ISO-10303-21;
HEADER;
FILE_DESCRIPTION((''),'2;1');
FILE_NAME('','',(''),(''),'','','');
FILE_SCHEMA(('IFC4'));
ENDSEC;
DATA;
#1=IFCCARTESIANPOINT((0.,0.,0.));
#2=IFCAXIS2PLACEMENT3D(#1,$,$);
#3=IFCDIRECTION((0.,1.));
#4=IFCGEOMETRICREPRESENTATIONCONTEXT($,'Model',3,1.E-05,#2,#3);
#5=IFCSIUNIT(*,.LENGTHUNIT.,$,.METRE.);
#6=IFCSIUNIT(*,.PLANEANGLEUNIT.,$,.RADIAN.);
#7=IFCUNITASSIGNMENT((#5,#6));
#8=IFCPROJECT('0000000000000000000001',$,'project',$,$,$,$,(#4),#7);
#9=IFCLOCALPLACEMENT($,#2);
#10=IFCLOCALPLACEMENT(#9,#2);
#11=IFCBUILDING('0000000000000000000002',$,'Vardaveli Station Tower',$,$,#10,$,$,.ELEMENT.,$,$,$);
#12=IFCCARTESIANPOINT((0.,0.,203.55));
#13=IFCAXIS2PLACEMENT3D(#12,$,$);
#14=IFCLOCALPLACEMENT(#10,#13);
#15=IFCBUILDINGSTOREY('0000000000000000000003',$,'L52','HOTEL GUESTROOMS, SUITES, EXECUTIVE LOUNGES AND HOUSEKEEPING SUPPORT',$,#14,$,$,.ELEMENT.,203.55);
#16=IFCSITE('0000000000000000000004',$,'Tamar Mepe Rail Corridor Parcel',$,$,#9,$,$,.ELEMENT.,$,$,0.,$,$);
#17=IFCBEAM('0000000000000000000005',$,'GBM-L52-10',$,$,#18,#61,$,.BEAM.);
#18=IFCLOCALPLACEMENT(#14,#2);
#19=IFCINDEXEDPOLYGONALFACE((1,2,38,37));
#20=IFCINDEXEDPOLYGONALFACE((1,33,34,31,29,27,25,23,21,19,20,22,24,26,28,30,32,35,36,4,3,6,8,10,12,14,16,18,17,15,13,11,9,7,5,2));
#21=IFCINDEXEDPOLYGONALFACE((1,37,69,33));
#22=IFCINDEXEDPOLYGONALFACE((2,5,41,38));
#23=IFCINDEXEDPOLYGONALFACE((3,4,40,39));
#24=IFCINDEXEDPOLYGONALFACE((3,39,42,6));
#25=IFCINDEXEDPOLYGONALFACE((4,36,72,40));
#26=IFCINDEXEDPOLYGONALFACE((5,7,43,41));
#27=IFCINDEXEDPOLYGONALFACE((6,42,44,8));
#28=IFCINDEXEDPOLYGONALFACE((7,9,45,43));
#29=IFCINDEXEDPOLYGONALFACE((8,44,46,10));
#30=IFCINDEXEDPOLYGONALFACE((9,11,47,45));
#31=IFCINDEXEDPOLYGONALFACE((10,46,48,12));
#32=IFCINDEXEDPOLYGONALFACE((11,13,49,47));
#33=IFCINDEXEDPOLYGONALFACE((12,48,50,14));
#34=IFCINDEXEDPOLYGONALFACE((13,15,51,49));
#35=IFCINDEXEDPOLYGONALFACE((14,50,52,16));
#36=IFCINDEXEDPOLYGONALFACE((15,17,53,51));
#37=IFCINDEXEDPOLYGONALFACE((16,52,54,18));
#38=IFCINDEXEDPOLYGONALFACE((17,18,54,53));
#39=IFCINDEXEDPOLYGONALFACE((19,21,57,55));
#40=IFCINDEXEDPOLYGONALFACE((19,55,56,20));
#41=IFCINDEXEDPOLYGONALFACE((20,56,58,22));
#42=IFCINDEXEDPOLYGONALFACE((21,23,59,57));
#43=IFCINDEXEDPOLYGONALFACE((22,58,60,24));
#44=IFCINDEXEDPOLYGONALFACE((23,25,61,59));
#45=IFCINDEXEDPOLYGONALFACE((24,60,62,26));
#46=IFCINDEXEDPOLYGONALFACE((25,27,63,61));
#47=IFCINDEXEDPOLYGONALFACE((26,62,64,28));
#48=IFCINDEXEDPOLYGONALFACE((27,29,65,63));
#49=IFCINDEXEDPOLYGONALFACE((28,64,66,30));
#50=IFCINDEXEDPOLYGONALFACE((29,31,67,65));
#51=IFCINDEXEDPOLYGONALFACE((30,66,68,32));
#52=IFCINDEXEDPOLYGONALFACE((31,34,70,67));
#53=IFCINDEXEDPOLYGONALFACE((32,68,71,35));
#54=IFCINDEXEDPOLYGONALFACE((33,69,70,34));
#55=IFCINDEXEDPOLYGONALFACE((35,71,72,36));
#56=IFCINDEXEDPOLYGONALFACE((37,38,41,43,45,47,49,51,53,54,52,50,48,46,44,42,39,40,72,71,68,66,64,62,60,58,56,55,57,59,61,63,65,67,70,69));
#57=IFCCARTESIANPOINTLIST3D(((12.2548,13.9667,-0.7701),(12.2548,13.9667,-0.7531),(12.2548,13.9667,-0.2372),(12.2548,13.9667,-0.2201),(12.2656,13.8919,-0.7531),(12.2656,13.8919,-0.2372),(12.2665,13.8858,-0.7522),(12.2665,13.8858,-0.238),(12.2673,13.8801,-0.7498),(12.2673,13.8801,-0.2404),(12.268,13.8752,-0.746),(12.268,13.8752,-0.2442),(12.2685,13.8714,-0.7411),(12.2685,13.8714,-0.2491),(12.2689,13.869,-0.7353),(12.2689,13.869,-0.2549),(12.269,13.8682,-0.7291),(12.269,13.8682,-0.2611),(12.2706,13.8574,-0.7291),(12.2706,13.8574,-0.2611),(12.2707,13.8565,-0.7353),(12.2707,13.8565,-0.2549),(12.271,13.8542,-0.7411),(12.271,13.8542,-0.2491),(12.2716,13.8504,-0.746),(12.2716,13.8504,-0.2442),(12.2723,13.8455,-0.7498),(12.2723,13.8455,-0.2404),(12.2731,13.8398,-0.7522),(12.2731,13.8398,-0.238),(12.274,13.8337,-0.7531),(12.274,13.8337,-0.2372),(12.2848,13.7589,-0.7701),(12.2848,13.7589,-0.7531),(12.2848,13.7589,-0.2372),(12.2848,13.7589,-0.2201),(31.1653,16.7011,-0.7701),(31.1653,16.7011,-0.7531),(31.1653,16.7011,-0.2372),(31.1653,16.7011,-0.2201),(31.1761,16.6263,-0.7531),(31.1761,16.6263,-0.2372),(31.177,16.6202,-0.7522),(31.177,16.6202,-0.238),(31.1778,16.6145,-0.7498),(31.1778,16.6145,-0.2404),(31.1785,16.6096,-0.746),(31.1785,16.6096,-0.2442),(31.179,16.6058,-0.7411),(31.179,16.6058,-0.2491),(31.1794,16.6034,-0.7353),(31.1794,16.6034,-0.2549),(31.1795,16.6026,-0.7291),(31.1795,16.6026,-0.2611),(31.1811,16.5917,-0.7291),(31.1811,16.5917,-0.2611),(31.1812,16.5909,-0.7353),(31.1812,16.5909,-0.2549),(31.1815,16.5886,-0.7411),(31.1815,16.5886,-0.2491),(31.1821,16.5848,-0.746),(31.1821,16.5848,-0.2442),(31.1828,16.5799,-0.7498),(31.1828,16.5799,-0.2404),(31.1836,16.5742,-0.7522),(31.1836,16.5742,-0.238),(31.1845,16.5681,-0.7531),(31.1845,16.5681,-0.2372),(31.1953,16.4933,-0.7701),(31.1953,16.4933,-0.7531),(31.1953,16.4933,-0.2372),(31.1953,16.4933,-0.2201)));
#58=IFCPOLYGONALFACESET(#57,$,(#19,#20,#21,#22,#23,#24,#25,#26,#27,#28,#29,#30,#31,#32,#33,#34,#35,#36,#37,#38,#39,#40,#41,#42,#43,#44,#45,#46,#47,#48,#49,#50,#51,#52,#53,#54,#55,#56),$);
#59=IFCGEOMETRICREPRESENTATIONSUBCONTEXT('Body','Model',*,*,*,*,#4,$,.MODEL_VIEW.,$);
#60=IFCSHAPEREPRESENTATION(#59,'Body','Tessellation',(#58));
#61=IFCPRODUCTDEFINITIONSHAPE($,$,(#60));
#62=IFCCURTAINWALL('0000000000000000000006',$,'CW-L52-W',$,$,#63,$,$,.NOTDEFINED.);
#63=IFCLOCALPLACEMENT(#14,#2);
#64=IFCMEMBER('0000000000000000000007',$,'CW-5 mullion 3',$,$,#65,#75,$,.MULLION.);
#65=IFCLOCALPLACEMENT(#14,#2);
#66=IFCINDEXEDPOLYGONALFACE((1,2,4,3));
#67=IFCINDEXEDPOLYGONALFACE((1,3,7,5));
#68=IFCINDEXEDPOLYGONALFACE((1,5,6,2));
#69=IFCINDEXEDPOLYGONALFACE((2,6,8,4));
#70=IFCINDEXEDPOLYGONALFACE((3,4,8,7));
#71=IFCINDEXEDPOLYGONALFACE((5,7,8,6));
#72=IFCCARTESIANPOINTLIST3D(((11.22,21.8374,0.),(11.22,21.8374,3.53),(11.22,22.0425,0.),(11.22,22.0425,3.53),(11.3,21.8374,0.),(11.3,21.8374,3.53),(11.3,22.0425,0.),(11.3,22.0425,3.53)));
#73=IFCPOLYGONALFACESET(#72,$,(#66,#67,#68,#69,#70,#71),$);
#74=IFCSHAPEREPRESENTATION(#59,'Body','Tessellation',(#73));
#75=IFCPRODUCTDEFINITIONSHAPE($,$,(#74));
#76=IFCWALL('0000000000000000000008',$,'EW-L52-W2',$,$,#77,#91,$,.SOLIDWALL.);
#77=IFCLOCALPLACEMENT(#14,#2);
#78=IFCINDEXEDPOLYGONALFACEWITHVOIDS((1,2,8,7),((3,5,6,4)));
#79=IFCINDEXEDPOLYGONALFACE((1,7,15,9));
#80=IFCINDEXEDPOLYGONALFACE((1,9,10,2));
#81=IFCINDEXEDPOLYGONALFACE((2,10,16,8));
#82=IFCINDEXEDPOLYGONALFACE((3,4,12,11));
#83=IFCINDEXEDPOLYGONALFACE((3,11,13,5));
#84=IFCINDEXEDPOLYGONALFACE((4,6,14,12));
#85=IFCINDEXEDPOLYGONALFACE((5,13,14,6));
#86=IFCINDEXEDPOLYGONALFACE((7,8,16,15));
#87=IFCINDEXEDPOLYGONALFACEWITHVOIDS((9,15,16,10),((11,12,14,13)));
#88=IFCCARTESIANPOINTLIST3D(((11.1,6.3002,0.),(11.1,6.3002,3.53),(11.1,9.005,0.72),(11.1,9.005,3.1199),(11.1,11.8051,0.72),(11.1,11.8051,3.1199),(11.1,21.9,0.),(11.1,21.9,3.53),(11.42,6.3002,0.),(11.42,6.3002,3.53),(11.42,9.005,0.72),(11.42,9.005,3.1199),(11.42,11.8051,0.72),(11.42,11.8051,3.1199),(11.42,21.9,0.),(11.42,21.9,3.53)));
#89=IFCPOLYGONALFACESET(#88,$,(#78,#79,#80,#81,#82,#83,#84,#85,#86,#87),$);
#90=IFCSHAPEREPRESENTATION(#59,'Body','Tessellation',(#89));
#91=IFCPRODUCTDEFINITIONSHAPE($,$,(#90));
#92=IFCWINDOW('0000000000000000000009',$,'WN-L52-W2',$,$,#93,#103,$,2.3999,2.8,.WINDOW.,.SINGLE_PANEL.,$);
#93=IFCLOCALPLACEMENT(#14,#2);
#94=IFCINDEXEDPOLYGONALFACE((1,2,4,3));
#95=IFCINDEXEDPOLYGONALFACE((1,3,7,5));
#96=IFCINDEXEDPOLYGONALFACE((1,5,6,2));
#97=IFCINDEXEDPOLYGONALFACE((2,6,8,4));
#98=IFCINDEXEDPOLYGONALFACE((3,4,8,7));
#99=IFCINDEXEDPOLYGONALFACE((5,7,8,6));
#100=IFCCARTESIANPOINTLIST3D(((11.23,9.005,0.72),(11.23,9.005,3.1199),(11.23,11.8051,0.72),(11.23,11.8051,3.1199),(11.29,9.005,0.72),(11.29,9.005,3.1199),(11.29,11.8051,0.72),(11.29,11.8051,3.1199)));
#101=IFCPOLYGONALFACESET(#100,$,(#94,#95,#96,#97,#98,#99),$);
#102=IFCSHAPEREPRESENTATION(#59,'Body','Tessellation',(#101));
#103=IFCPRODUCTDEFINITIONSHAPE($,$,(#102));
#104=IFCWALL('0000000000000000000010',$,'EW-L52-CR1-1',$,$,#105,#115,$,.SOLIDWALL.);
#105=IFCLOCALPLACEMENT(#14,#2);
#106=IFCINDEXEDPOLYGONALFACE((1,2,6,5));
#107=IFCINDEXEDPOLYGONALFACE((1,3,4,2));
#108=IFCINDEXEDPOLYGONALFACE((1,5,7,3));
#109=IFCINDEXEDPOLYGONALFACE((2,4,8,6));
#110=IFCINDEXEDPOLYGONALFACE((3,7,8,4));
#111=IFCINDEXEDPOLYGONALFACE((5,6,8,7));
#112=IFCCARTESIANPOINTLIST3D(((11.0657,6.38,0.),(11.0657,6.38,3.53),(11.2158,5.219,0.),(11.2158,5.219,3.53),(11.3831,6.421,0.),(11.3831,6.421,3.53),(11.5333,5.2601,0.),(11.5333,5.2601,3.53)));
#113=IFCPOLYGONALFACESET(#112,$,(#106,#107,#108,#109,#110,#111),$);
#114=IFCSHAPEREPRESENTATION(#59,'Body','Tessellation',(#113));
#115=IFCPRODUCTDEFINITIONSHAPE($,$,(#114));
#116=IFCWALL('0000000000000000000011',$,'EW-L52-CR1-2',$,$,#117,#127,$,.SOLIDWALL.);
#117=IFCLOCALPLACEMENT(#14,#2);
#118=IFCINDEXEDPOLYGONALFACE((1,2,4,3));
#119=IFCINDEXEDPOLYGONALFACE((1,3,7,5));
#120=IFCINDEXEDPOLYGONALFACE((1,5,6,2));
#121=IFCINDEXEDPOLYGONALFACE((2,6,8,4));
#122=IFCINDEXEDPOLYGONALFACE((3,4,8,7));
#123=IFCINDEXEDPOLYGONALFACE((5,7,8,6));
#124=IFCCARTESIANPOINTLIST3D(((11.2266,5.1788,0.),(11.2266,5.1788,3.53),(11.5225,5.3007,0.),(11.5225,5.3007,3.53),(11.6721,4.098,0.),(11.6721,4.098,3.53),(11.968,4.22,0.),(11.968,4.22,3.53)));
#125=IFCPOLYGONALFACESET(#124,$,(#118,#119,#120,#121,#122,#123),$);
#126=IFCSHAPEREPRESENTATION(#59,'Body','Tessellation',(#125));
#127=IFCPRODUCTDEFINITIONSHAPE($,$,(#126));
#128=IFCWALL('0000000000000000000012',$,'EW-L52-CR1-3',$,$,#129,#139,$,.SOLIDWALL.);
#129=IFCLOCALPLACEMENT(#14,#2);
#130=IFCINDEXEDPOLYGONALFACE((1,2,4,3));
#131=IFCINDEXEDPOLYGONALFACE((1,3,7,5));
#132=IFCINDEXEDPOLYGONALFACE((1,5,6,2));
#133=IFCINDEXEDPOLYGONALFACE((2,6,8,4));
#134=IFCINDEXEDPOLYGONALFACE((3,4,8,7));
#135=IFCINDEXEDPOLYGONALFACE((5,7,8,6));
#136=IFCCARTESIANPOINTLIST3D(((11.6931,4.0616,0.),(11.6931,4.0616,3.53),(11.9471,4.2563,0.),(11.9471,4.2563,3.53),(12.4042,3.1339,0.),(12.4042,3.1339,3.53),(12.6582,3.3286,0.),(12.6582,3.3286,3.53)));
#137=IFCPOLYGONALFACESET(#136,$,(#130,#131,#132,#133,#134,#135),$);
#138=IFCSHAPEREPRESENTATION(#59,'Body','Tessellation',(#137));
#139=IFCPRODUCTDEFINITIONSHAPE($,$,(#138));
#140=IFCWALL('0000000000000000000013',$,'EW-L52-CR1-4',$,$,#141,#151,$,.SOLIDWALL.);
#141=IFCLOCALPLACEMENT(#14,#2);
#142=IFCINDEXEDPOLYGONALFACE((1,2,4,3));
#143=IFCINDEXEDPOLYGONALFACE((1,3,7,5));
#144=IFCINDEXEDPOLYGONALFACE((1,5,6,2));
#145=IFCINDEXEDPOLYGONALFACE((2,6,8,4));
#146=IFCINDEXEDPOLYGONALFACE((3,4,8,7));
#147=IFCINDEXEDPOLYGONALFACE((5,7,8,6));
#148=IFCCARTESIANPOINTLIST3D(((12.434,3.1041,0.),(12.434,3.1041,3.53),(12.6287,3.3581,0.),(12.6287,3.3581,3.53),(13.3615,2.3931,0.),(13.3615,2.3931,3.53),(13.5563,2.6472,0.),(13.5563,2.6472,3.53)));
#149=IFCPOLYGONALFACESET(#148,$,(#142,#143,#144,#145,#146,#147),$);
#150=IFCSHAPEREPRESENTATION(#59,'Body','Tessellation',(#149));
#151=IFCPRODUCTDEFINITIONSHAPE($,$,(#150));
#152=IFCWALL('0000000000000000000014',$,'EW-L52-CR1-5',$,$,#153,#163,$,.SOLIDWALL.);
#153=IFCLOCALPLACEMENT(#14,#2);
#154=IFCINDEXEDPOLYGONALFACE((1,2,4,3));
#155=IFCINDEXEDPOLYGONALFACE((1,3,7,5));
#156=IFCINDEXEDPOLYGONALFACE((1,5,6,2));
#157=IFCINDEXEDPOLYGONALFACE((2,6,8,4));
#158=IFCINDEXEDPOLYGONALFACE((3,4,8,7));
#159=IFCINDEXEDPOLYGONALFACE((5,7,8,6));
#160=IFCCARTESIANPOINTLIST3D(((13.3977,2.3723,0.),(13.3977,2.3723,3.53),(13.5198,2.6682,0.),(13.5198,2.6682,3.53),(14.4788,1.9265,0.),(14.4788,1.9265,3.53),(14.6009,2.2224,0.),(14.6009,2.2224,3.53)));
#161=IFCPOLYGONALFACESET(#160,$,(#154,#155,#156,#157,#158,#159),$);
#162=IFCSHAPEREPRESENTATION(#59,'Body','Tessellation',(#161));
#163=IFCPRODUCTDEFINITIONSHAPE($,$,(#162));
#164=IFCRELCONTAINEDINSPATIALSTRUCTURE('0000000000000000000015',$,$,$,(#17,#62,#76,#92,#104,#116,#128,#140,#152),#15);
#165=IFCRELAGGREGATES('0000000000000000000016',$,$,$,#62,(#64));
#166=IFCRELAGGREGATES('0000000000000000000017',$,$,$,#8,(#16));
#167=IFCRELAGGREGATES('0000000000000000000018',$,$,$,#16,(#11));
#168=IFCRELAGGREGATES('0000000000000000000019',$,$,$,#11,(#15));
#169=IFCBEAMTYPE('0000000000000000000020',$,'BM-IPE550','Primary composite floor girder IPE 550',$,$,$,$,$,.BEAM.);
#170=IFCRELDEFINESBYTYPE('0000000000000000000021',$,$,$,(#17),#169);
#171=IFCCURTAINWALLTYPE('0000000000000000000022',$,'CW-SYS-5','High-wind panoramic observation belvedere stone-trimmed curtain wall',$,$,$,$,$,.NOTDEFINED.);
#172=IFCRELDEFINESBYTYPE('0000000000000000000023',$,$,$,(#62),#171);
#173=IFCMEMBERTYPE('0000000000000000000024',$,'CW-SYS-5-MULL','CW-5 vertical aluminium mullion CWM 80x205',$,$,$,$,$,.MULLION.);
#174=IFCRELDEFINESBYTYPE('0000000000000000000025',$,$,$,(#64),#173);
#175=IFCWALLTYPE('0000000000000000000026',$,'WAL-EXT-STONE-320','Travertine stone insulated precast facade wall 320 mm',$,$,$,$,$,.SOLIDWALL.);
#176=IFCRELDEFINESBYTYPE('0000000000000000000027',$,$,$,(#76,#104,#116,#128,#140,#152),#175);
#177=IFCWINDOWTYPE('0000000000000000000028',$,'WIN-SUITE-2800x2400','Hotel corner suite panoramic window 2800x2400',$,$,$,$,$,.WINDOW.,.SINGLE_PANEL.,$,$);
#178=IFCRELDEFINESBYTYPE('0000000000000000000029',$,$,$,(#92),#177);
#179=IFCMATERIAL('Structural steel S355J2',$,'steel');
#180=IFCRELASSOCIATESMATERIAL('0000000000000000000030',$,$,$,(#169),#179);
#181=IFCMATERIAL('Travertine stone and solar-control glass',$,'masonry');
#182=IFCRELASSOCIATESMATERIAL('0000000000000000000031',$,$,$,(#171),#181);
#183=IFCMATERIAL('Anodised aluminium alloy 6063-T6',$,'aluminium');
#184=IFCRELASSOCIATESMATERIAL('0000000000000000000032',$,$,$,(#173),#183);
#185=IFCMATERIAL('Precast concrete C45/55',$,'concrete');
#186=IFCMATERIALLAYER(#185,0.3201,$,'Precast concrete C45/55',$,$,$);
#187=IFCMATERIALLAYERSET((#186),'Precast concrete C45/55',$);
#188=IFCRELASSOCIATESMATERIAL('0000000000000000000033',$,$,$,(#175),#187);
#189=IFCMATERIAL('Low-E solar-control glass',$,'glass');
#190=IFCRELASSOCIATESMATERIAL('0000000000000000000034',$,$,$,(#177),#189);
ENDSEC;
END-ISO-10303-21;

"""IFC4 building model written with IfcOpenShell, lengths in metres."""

from ifc_helpers import new_model, si_unit, direction, frame, frame_2d, origin, origin_2d, place, context, subcontext, project, spatial, rectangle, i_section, extrude, source, transform, mapped, material, layer, layer_set, material_profile, profile_set, type_object, element, fill, aggregate, save


model = new_model("IFC4")

# Units and contexts
model_context = context("Model", 3, precision=1e-05, world=origin(), true_north=direction((0.0, 1.0)))
body_context = subcontext(model_context, "Body", "Model", "MODEL_VIEW")
ifc_project = project(units=[si_unit("LENGTHUNIT", "METRE"), si_unit("PLANEANGLEUNIT", "RADIAN")], contexts=[model_context])

# Site, building, storey
site_placement = place(None, origin())
site = spatial("IfcSite", under=ifc_project, at=site_placement, Name="Tamar Mepe Rail Corridor Parcel", CompositionType="ELEMENT", RefElevation=0.0)
building_placement = place(site_placement, origin())
building = spatial("IfcBuilding", under=site, at=building_placement, Name="Vardaveli Station Tower", CompositionType="ELEMENT")
storey_placement = place(building_placement, frame((0.0, 0.0, 203.55)))
storey = spatial("IfcBuildingStorey", under=building, at=storey_placement, Name="L52", Description="HOTEL GUESTROOMS, SUITES, EXECUTIVE LOUNGES AND HOUSEKEEPING SUPPORT", CompositionType="ELEMENT", Elevation=203.55)

# Beam
ifc_material_1 = material(Name="Precast concrete C45/55", Category="concrete")
ifc_material_2 = material(Name="Structural steel S355J2", Category="steel")
ifc_material_profile_1 = material_profile(ifc_material_2, i_section(OverallWidth=0.21, OverallDepth=0.55, WebThickness=0.011, FlangeThickness=0.0171, FilletRadius=0.0239, at=origin_2d()), Name="IPE 550")
ifc_profile_set_1 = profile_set([ifc_material_profile_1], Name="Structural steel S355J2")
beam_type_1 = type_object("IfcBeamType", Name="BM-IPE550", Description="Primary composite floor girder IPE 550", PredefinedType="BEAM", material=ifc_profile_set_1)
shared_shape_1 = source(origin(), body_context, "Body", "SweptSolid", [
    extrude(i_section(OverallWidth=0.21, OverallDepth=0.55, WebThickness=0.011, FlangeThickness=0.0171, FilletRadius=0.0239, at=origin_2d()), origin(), (0.0, 0.0, 1.0), 19.1072),
])
beam_1_placement = place(storey_placement, frame((12.2698, 13.8628, -0.4951), z_axis=(0.989707, 0.143108, 0.0), x_axis=(-0.143108, 0.989707, 0.0)))
element("IfcBeam", 1, at=beam_1_placement, inside=storey, type_object=beam_type_1, Name="GBM-L52-10", PredefinedType="BEAM", context=body_context, shape_type="MappedRepresentation", body=[
    mapped(shared_shape_1, transform((0.0, 0.0, 0.0), scale=1.0)),
])

# Curtain wall, member
ifc_material_3 = material(Name="Travertine stone and solar-control glass", Category="masonry")
curtain_wall_type = type_object("IfcCurtainWallType", Name="CW-SYS-5", Description="High-wind panoramic observation belvedere stone-trimmed curtain wall", PredefinedType="NOTDEFINED", material=ifc_material_3)
curtain_wall_placement = place(storey_placement, origin())
curtain_wall = element("IfcCurtainWall", 2, at=curtain_wall_placement, inside=storey, type_object=curtain_wall_type, Name="CW-L52-W", PredefinedType="NOTDEFINED")
ifc_material_4 = material(Name="Anodised aluminium alloy 6063-T6", Category="aluminium")
ifc_material_profile_2 = material_profile(ifc_material_4, rectangle(XDim=0.0801, YDim=0.2051, at=origin_2d()), Name="CWM 80x205")
ifc_profile_set_2 = profile_set([ifc_material_profile_2], Name="Anodised aluminium alloy 6063-T6")
member_type = type_object("IfcMemberType", Name="CW-SYS-5-MULL", Description="CW-5 vertical aluminium mullion CWM 80x205", PredefinedType="MULLION", material=ifc_profile_set_2)
shared_shape_2 = source(origin(), body_context, "Body", "SweptSolid", [
    extrude(rectangle(XDim=0.0801, YDim=0.2051, at=origin_2d()), origin(), (0.0, 0.0, 1.0), 3.53),
])
member_placement = place(storey_placement, frame((11.26, 21.9399, 0.0), z_axis=(0.0, 0.0, 1.0), x_axis=(1.0, 0.0, 0.0)))
member = element("IfcMember", 3, at=member_placement, type_object=member_type, Name="CW-5 mullion 3", PredefinedType="MULLION", context=body_context, shape_type="MappedRepresentation", body=[
    mapped(shared_shape_2, transform((0.0, 0.0, 0.0), scale=1.0)),
])
aggregate(curtain_wall, [member])

# Wall, opening, window
ifc_layer_1 = layer(ifc_material_1, 0.3201, Name="Precast concrete C45/55")
ifc_layer_set_1 = layer_set([ifc_layer_1], Name="Precast concrete C45/55")
wall_type_1 = type_object("IfcWallType", Name="WAL-EXT-STONE-320", Description="Travertine stone insulated precast facade wall 320 mm", PredefinedType="SOLIDWALL", material=ifc_layer_set_1)
shared_shape_3 = source(origin(), body_context, "Body", "SweptSolid", [
    extrude(rectangle(XDim=15.5999, YDim=0.3201, at=frame_2d((7.7998, 0.0))), origin(), (0.0, 0.0, 1.0), 3.53),
])
wall_1_placement = place(storey_placement, frame((11.26, 21.8999, 0.0), z_axis=(0.0, 0.0, 1.0), x_axis=(0.0, -1.0, 0.0)))
wall_1 = element("IfcWall", 4, at=wall_1_placement, inside=storey, type_object=wall_type_1, Name="EW-L52-W2", PredefinedType="SOLIDWALL", context=body_context, shape_type="MappedRepresentation", body=[
    mapped(shared_shape_3, transform((0.0, 0.0, 0.0), scale=1.0)),
])
shared_shape_4 = source(origin(), body_context, "Body", "SweptSolid", [
    extrude(rectangle(XDim=2.8, YDim=2.3999, at=frame_2d((1.3999, 1.2))), frame((0.0, 0.1699, 0.0), z_axis=(0.0, -1.0, 0.0), x_axis=(1.0, 0.0, 0.0)), (0.0, 0.0, 1.0), 0.3401),
])
opening_1_placement = place(wall_1_placement, frame((10.095, 0.0, 0.72)))
opening_1 = element("IfcOpeningElement", 5, at=opening_1_placement, cuts=wall_1, PredefinedType="OPENING", context=body_context, shape_type="MappedRepresentation", body=[
    mapped(shared_shape_4, transform((0.0, 0.0, 0.0), scale=1.0)),
])
ifc_material_5 = material(Name="Low-E solar-control glass", Category="glass")
window_type = type_object("IfcWindowType", Name="WIN-SUITE-2800x2400", Description="Hotel corner suite panoramic window 2800x2400", PartitioningType="SINGLE_PANEL", PredefinedType="WINDOW", material=ifc_material_5)
shared_shape_5 = source(origin(), body_context, "Body", "SweptSolid", [
    extrude(rectangle(XDim=2.8, YDim=2.3999, at=frame_2d((1.3999, 1.2))), frame((0.0, 0.03, 0.0), z_axis=(0.0, -1.0, 0.0), x_axis=(1.0, 0.0, 0.0)), (0.0, 0.0, 1.0), 0.0601),
])
window_placement = place(opening_1_placement, origin())
window = element("IfcWindow", 6, at=window_placement, inside=storey, type_object=window_type, Name="WN-L52-W2", OverallHeight=2.3999, OverallWidth=2.8, PartitioningType="SINGLE_PANEL", PredefinedType="WINDOW", context=body_context, shape_type="MappedRepresentation", body=[
    mapped(shared_shape_5, transform((0.0, 0.0, 0.0), scale=1.0)),
])
fill(opening_1, window)

# Walls
shared_shape_6 = source(origin(), body_context, "Body", "SweptSolid", [
    extrude(rectangle(XDim=1.1707, YDim=0.3201, at=frame_2d((0.5854, 0.0))), origin(), (0.0, 0.0, 1.0), 3.53),
])
wall_2_placement = place(storey_placement, frame((11.2244, 6.4006, 0.0), z_axis=(0.0, 0.0, 1.0), x_axis=(0.128269, -0.991739, 0.0)))
element("IfcWall", 7, at=wall_2_placement, inside=storey, type_object=wall_type_1, Name="EW-L52-CR1-1", PredefinedType="SOLIDWALL", context=body_context, shape_type="MappedRepresentation", body=[
    mapped(shared_shape_6, transform((0.0, 0.0, 0.0), scale=1.0)),
])
shared_shape_7 = source(origin(), body_context, "Body", "SweptSolid", [
    extrude(rectangle(XDim=1.1689, YDim=0.3201, at=frame_2d((0.5845, 0.0))), origin(), (0.0, 0.0, 1.0), 3.53),
])
for number, where, z_axis, x_axis, name in (
    (8, (11.3745, 5.2397, 0.0), (0.0, 0.0, 1.0), (0.381128, -0.924522, 0.0), "EW-L52-CR1-2"),
    (9, (11.8201, 4.1589, 0.0), (0.0, 0.0, 1.0), (0.608388, -0.79364, 0.0), "EW-L52-CR1-3"),
):
    element("IfcWall", number, at=place(storey_placement, frame(where, z_axis=z_axis, x_axis=x_axis)), inside=storey, type_object=wall_type_1, Name=name, PredefinedType="SOLIDWALL", context=body_context, shape_type="MappedRepresentation", body=[
        mapped(shared_shape_7, transform((0.0, 0.0, 0.0), scale=1.0)),
    ])
shared_shape_8 = source(origin(), body_context, "Body", "SweptSolid", [
    extrude(rectangle(XDim=1.1687, YDim=0.3201, at=frame_2d((0.5845, 0.0))), origin(), (0.0, 0.0, 1.0), 3.53),
])
wall_3_placement = place(storey_placement, frame((12.5312, 3.2312, 0.0), z_axis=(0.0, 0.0, 1.0), x_axis=(0.793664, -0.608357, 0.0)))
element("IfcWall", 10, at=wall_3_placement, inside=storey, type_object=wall_type_1, Name="EW-L52-CR1-4", PredefinedType="SOLIDWALL", context=body_context, shape_type="MappedRepresentation", body=[
    mapped(shared_shape_8, transform((0.0, 0.0, 0.0), scale=1.0)),
])
shared_shape_9 = source(origin(), body_context, "Body", "SweptSolid", [
    extrude(rectangle(XDim=1.1694, YDim=0.3201, at=frame_2d((0.5847, 0.0))), origin(), (0.0, 0.0, 1.0), 3.53),
])
wall_4_placement = place(storey_placement, frame((13.4587, 2.5203, 0.0), z_axis=(0.0, 0.0, 1.0), x_axis=(0.924479, -0.381233, 0.0)))
element("IfcWall", 11, at=wall_4_placement, inside=storey, type_object=wall_type_1, Name="EW-L52-CR1-5", PredefinedType="SOLIDWALL", context=body_context, shape_type="MappedRepresentation", body=[
    mapped(shared_shape_9, transform((0.0, 0.0, 0.0), scale=1.0)),
])

save(model, "model.ifc")
